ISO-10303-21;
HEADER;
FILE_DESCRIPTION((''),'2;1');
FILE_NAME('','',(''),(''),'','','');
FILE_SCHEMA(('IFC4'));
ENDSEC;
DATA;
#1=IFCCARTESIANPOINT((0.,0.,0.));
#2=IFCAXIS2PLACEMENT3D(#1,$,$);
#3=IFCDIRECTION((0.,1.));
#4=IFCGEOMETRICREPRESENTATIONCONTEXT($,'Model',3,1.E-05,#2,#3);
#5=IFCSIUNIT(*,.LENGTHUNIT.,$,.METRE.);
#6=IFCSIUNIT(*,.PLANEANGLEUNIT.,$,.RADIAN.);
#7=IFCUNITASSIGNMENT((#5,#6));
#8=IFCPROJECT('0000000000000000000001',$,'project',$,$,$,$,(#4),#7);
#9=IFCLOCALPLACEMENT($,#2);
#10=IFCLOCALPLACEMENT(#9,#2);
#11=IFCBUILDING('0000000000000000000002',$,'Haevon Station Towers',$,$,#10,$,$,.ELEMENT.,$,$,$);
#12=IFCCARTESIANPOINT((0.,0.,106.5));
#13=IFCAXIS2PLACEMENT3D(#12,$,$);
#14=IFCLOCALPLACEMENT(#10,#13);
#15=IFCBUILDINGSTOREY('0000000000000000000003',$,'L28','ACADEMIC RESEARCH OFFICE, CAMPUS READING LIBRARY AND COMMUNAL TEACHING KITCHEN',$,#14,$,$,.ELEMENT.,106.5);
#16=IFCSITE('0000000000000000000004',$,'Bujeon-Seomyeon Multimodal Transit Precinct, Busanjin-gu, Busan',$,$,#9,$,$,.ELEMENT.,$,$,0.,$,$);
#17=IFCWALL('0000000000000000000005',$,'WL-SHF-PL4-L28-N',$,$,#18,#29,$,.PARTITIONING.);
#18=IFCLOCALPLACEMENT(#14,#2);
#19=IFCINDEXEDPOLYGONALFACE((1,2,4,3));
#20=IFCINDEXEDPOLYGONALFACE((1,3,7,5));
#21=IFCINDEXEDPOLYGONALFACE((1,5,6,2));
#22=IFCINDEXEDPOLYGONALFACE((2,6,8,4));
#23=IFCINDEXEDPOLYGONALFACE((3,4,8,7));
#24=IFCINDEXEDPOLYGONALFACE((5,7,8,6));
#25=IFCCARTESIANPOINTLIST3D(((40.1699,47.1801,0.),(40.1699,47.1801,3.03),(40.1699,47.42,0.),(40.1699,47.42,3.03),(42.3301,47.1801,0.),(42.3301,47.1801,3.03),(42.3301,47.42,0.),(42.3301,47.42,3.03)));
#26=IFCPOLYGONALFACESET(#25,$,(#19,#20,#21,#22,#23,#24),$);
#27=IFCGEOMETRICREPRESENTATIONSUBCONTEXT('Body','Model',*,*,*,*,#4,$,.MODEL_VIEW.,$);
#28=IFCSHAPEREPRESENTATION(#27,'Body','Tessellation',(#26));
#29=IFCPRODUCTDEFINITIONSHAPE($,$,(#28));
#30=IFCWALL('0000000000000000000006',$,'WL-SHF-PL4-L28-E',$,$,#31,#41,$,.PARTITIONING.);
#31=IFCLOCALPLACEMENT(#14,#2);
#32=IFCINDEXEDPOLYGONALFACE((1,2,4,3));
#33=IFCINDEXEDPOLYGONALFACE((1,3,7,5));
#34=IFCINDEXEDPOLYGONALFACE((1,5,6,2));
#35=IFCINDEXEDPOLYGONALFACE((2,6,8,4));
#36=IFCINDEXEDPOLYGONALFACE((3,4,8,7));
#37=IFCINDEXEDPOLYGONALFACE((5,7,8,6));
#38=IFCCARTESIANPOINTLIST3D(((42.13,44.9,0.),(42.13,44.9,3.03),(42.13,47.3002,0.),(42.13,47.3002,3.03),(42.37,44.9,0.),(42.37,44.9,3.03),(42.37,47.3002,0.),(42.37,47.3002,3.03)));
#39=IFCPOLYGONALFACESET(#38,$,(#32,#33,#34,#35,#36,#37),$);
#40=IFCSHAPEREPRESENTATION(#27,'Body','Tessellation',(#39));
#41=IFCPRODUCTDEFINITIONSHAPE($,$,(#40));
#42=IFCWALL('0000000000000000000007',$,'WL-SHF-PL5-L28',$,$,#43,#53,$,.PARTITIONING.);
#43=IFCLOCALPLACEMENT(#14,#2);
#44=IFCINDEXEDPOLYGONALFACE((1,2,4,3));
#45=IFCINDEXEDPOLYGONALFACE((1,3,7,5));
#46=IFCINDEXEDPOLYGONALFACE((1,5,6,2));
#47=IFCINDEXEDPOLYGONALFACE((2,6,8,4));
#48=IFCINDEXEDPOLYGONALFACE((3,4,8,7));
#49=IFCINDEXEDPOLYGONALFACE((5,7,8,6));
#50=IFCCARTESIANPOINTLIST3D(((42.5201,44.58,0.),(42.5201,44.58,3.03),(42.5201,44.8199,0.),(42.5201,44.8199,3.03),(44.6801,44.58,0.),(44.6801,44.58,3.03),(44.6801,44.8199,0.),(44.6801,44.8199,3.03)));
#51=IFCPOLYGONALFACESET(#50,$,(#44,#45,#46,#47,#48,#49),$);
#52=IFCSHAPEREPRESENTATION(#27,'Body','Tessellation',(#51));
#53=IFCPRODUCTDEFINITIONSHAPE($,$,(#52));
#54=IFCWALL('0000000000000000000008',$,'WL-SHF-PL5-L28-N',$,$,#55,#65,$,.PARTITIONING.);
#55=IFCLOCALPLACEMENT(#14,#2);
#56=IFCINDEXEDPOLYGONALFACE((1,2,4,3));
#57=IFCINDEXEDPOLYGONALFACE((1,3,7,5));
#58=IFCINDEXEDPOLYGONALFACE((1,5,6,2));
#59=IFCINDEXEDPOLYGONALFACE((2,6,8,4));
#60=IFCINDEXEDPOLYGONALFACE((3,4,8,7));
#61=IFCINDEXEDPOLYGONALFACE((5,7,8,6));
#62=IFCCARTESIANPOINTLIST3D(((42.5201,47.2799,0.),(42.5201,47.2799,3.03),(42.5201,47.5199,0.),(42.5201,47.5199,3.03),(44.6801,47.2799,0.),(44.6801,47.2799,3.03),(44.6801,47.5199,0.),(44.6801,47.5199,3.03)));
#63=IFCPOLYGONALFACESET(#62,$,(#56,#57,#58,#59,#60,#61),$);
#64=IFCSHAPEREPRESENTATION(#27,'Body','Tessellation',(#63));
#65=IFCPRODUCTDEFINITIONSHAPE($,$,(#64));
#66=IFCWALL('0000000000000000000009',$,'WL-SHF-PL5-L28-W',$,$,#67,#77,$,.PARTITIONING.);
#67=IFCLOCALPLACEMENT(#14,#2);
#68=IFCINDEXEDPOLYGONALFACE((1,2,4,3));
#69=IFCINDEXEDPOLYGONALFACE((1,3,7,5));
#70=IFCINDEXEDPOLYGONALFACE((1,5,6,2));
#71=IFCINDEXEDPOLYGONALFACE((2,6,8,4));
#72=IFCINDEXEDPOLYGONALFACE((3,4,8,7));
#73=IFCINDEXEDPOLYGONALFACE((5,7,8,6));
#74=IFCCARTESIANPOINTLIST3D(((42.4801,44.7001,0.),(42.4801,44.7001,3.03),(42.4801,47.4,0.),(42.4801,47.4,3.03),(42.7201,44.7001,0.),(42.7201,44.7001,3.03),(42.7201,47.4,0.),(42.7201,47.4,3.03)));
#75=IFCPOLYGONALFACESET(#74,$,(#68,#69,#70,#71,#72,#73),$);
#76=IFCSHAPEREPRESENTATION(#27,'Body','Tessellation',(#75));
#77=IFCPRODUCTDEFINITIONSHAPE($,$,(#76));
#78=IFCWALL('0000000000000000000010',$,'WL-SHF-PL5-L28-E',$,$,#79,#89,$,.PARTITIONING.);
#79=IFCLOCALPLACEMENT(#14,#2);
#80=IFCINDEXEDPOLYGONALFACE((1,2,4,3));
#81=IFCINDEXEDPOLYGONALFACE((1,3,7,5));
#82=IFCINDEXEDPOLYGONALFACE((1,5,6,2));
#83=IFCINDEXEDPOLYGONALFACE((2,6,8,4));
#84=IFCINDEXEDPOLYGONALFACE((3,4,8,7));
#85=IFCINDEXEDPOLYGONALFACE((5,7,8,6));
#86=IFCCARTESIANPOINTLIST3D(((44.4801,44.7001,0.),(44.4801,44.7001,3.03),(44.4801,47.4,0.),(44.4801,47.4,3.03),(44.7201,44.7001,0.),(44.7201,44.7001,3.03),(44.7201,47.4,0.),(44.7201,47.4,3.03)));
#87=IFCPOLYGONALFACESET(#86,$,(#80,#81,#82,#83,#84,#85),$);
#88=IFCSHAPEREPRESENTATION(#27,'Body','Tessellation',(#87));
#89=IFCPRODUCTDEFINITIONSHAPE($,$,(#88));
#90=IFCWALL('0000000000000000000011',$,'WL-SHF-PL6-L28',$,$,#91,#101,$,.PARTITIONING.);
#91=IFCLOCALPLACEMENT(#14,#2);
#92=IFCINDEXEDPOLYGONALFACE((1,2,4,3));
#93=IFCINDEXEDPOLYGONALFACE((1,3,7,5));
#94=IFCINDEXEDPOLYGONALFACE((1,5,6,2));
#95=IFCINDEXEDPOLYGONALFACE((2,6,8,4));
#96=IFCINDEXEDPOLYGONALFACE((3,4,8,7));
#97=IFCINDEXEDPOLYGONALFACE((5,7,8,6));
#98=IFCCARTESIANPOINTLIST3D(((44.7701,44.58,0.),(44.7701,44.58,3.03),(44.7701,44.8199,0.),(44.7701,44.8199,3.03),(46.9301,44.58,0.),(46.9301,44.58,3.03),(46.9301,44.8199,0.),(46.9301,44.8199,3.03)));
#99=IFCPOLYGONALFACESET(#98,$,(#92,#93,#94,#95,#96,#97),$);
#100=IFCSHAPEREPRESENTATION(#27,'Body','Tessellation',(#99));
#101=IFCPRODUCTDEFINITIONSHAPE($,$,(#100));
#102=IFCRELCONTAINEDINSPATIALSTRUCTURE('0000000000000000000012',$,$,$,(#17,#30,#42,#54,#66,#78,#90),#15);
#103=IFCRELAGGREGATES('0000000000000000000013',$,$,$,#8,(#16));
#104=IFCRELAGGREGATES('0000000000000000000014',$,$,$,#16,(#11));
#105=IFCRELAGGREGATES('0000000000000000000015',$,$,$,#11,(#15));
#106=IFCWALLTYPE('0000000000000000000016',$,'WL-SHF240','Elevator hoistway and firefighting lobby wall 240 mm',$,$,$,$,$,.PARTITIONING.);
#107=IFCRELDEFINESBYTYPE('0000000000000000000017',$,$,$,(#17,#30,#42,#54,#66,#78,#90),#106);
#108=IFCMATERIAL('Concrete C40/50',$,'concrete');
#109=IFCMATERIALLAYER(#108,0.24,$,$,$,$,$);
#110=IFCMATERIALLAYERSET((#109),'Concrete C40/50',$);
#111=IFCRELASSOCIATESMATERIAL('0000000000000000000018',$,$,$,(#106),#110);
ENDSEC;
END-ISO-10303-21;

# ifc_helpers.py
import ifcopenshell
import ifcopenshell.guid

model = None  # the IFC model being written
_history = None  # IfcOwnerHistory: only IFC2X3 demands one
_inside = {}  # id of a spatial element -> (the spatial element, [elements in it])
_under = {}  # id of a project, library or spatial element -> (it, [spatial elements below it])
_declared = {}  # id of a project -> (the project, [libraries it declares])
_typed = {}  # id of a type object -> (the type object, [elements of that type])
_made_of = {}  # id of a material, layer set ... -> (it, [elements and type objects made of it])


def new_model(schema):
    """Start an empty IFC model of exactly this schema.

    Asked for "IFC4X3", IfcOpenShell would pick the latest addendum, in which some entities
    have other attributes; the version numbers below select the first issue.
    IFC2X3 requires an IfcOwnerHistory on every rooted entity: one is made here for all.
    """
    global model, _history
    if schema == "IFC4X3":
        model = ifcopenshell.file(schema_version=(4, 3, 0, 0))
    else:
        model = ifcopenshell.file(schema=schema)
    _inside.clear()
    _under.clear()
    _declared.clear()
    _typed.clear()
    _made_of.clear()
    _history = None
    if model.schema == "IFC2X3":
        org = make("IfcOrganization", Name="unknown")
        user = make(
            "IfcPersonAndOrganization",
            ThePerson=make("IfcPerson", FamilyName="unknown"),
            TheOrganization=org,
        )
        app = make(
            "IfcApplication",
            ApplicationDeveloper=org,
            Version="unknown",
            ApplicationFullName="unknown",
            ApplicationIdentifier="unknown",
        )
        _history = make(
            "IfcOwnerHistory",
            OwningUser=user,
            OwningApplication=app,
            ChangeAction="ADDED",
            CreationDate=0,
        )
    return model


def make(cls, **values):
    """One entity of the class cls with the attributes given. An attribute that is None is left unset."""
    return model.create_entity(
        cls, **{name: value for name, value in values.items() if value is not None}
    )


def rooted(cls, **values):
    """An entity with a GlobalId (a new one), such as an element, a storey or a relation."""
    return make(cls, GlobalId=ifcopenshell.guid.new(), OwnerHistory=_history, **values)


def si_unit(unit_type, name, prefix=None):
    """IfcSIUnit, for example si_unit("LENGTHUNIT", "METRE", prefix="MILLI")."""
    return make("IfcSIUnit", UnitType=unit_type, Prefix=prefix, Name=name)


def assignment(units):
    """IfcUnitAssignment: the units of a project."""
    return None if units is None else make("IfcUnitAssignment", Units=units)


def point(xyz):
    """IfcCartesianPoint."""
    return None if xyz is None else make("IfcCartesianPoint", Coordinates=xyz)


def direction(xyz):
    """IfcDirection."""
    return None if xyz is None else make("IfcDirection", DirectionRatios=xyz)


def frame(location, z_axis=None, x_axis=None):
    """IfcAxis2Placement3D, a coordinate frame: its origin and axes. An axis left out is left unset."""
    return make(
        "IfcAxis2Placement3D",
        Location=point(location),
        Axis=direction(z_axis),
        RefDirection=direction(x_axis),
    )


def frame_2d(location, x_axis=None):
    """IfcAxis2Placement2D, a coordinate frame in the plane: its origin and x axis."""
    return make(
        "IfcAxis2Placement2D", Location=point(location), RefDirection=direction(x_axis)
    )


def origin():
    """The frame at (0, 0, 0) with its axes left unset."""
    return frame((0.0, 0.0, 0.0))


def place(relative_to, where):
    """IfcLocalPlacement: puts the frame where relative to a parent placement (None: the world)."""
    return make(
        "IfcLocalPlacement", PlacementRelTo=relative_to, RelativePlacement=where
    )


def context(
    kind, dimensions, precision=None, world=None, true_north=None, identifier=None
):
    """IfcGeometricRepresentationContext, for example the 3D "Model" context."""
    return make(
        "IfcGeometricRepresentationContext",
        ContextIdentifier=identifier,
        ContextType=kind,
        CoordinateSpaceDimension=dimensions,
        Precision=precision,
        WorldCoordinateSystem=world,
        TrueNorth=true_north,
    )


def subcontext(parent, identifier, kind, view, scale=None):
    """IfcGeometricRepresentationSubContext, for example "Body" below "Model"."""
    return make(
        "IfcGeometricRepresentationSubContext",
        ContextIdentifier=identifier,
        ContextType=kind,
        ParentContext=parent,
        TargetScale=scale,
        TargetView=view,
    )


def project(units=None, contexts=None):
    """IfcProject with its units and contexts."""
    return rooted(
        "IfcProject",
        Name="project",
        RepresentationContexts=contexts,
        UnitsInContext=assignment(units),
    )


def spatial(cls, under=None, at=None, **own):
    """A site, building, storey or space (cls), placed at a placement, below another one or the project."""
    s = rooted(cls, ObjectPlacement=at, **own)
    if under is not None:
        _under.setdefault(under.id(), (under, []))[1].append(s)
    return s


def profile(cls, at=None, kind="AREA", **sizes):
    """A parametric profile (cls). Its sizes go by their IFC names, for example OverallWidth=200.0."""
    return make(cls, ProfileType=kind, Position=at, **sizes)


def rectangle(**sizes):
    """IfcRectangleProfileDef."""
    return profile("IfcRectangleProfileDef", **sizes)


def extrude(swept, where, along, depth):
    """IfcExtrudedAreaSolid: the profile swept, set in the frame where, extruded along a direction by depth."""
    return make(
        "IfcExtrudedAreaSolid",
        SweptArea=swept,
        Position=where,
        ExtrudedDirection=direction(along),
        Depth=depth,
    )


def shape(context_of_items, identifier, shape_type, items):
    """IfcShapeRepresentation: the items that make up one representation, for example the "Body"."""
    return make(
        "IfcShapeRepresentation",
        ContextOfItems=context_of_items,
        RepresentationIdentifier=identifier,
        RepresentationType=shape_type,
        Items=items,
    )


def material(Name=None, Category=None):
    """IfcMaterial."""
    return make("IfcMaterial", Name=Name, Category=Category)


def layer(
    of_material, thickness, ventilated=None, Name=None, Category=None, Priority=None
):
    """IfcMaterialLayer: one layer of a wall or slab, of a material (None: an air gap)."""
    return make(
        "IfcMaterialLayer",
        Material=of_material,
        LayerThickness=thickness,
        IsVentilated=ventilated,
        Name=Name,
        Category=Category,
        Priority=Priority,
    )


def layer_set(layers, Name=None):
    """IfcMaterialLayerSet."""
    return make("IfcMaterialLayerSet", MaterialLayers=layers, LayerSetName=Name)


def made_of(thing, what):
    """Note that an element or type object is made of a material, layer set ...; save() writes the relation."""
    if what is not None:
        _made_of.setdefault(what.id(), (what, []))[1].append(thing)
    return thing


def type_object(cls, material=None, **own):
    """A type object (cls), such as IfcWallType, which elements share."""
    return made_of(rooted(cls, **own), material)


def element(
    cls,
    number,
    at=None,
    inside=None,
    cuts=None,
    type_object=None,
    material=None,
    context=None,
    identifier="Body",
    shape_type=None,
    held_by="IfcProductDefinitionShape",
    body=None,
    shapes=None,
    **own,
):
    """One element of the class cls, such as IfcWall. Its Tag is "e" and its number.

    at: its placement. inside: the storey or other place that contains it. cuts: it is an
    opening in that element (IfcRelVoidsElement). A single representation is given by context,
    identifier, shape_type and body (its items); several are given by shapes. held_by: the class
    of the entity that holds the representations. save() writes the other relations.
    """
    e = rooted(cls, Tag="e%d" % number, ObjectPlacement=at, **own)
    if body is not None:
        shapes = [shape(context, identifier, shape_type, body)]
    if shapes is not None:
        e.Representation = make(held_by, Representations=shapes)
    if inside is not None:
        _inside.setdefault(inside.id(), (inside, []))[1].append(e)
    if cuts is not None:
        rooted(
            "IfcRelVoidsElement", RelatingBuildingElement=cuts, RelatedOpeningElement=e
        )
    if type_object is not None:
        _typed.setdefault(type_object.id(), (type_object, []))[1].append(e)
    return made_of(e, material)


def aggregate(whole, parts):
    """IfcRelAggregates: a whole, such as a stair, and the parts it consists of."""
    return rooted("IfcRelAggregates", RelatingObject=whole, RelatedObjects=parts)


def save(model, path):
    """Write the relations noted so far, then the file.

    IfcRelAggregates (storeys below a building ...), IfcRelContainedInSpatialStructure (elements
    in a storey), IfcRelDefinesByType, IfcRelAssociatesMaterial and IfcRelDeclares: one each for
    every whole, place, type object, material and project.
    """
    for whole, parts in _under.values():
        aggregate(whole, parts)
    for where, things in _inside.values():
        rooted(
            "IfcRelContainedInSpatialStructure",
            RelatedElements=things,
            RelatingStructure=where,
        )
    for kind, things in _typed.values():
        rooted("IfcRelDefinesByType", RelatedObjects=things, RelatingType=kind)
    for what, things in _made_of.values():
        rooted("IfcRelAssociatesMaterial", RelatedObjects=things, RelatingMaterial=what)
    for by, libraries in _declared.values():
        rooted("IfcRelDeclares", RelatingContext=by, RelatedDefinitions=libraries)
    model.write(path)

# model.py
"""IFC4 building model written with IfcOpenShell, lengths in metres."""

from ifc_helpers import new_model, si_unit, direction, frame, frame_2d, origin, place, context, subcontext, project, spatial, rectangle, extrude, material, layer, layer_set, type_object, element, save


model = new_model("IFC4")

# Units and contexts
model_context = context("Model", 3, precision=1e-05, world=origin(), true_north=direction((0.0, 1.0)))
body_context = subcontext(model_context, "Body", "Model", "MODEL_VIEW")
ifc_project = project(units=[si_unit("LENGTHUNIT", "METRE"), si_unit("PLANEANGLEUNIT", "RADIAN")], contexts=[model_context])

# Site, building, storey
site_placement = place(None, origin())
site = spatial("IfcSite", under=ifc_project, at=site_placement, Name="Bujeon-Seomyeon Multimodal Transit Precinct, Busanjin-gu, Busan", CompositionType="ELEMENT", RefElevation=0.0)
building_placement = place(site_placement, origin())
building = spatial("IfcBuilding", under=site, at=building_placement, Name="Haevon Station Towers", CompositionType="ELEMENT")
storey_placement = place(building_placement, frame((0.0, 0.0, 106.5)))
storey = spatial("IfcBuildingStorey", under=building, at=storey_placement, Name="L28", Description="ACADEMIC RESEARCH OFFICE, CAMPUS READING LIBRARY AND COMMUNAL TEACHING KITCHEN", CompositionType="ELEMENT", Elevation=106.5)

# Shared definitions
ifc_material_1 = material(Name="Concrete C40/50", Category="concrete")
ifc_layer_1 = layer(ifc_material_1, 0.24)
ifc_layer_set_1 = layer_set([ifc_layer_1], Name="Concrete C40/50")
wall_type_1 = type_object("IfcWallType", Name="WL-SHF240", Description="Elevator hoistway and firefighting lobby wall 240 mm", PredefinedType="PARTITIONING", material=ifc_layer_set_1)

# Walls
wall_1_placement = place(storey_placement, frame((40.1699, 47.3, 0.0), z_axis=(0.0, 0.0, 1.0), x_axis=(1.0, 0.0, 0.0)))
element("IfcWall", 1, at=wall_1_placement, inside=storey, type_object=wall_type_1, Name="WL-SHF-PL4-L28-N", PredefinedType="PARTITIONING", context=body_context, shape_type="SweptSolid", body=[
    extrude(rectangle(XDim=2.1602, YDim=0.24, at=frame_2d((1.0801, 0.0))), origin(), (0.0, 0.0, 1.0), 3.03),
])
wall_2_placement = place(storey_placement, frame((42.25, 44.8999, 0.0), z_axis=(0.0, 0.0, 1.0), x_axis=(0.0, 1.0, 0.0)))
element("IfcWall", 2, at=wall_2_placement, inside=storey, type_object=wall_type_1, Name="WL-SHF-PL4-L28-E", PredefinedType="PARTITIONING", context=body_context, shape_type="SweptSolid", body=[
    extrude(rectangle(XDim=2.4001, YDim=0.24, at=frame_2d((1.2002, 0.0))), origin(), (0.0, 0.0, 1.0), 3.03),
])
for number, where, z_axis, x_axis, name in (
    (3, (42.52, 44.7, 0.0), (0.0, 0.0, 1.0), (1.0, 0.0, 0.0), "WL-SHF-PL5-L28"),
    (4, (42.52, 47.3999, 0.0), (0.0, 0.0, 1.0), (1.0, 0.0, 0.0), "WL-SHF-PL5-L28-N"),
):
    element("IfcWall", number, at=place(storey_placement, frame(where, z_axis=z_axis, x_axis=x_axis)), inside=storey, type_object=wall_type_1, Name=name, PredefinedType="PARTITIONING", context=body_context, shape_type="SweptSolid", body=[
        extrude(rectangle(XDim=2.1599, YDim=0.24, at=frame_2d((1.0801, 0.0))), origin(), (0.0, 0.0, 1.0), 3.03),
    ])
for number, where, z_axis, x_axis, name in (
    (5, (42.6001, 44.7, 0.0), (0.0, 0.0, 1.0), (0.0, 1.0, 0.0), "WL-SHF-PL5-L28-W"),
    (6, (44.6001, 44.7, 0.0), (0.0, 0.0, 1.0), (0.0, 1.0, 0.0), "WL-SHF-PL5-L28-E"),
):
    element("IfcWall", number, at=place(storey_placement, frame(where, z_axis=z_axis, x_axis=x_axis)), inside=storey, type_object=wall_type_1, Name=name, PredefinedType="PARTITIONING", context=body_context, shape_type="SweptSolid", body=[
        extrude(rectangle(XDim=2.7, YDim=0.24, at=frame_2d((1.3501, 0.0))), origin(), (0.0, 0.0, 1.0), 3.03),
    ])
wall_3_placement = place(storey_placement, frame((44.77, 44.7, 0.0), z_axis=(0.0, 0.0, 1.0), x_axis=(1.0, 0.0, 0.0)))
element("IfcWall", 7, at=wall_3_placement, inside=storey, type_object=wall_type_1, Name="WL-SHF-PL6-L28", PredefinedType="PARTITIONING", context=body_context, shape_type="SweptSolid", body=[
    extrude(rectangle(XDim=2.1599, YDim=0.24, at=frame_2d((1.0801, 0.0))), origin(), (0.0, 0.0, 1.0), 3.03),
])

save(model, "model.ifc")
